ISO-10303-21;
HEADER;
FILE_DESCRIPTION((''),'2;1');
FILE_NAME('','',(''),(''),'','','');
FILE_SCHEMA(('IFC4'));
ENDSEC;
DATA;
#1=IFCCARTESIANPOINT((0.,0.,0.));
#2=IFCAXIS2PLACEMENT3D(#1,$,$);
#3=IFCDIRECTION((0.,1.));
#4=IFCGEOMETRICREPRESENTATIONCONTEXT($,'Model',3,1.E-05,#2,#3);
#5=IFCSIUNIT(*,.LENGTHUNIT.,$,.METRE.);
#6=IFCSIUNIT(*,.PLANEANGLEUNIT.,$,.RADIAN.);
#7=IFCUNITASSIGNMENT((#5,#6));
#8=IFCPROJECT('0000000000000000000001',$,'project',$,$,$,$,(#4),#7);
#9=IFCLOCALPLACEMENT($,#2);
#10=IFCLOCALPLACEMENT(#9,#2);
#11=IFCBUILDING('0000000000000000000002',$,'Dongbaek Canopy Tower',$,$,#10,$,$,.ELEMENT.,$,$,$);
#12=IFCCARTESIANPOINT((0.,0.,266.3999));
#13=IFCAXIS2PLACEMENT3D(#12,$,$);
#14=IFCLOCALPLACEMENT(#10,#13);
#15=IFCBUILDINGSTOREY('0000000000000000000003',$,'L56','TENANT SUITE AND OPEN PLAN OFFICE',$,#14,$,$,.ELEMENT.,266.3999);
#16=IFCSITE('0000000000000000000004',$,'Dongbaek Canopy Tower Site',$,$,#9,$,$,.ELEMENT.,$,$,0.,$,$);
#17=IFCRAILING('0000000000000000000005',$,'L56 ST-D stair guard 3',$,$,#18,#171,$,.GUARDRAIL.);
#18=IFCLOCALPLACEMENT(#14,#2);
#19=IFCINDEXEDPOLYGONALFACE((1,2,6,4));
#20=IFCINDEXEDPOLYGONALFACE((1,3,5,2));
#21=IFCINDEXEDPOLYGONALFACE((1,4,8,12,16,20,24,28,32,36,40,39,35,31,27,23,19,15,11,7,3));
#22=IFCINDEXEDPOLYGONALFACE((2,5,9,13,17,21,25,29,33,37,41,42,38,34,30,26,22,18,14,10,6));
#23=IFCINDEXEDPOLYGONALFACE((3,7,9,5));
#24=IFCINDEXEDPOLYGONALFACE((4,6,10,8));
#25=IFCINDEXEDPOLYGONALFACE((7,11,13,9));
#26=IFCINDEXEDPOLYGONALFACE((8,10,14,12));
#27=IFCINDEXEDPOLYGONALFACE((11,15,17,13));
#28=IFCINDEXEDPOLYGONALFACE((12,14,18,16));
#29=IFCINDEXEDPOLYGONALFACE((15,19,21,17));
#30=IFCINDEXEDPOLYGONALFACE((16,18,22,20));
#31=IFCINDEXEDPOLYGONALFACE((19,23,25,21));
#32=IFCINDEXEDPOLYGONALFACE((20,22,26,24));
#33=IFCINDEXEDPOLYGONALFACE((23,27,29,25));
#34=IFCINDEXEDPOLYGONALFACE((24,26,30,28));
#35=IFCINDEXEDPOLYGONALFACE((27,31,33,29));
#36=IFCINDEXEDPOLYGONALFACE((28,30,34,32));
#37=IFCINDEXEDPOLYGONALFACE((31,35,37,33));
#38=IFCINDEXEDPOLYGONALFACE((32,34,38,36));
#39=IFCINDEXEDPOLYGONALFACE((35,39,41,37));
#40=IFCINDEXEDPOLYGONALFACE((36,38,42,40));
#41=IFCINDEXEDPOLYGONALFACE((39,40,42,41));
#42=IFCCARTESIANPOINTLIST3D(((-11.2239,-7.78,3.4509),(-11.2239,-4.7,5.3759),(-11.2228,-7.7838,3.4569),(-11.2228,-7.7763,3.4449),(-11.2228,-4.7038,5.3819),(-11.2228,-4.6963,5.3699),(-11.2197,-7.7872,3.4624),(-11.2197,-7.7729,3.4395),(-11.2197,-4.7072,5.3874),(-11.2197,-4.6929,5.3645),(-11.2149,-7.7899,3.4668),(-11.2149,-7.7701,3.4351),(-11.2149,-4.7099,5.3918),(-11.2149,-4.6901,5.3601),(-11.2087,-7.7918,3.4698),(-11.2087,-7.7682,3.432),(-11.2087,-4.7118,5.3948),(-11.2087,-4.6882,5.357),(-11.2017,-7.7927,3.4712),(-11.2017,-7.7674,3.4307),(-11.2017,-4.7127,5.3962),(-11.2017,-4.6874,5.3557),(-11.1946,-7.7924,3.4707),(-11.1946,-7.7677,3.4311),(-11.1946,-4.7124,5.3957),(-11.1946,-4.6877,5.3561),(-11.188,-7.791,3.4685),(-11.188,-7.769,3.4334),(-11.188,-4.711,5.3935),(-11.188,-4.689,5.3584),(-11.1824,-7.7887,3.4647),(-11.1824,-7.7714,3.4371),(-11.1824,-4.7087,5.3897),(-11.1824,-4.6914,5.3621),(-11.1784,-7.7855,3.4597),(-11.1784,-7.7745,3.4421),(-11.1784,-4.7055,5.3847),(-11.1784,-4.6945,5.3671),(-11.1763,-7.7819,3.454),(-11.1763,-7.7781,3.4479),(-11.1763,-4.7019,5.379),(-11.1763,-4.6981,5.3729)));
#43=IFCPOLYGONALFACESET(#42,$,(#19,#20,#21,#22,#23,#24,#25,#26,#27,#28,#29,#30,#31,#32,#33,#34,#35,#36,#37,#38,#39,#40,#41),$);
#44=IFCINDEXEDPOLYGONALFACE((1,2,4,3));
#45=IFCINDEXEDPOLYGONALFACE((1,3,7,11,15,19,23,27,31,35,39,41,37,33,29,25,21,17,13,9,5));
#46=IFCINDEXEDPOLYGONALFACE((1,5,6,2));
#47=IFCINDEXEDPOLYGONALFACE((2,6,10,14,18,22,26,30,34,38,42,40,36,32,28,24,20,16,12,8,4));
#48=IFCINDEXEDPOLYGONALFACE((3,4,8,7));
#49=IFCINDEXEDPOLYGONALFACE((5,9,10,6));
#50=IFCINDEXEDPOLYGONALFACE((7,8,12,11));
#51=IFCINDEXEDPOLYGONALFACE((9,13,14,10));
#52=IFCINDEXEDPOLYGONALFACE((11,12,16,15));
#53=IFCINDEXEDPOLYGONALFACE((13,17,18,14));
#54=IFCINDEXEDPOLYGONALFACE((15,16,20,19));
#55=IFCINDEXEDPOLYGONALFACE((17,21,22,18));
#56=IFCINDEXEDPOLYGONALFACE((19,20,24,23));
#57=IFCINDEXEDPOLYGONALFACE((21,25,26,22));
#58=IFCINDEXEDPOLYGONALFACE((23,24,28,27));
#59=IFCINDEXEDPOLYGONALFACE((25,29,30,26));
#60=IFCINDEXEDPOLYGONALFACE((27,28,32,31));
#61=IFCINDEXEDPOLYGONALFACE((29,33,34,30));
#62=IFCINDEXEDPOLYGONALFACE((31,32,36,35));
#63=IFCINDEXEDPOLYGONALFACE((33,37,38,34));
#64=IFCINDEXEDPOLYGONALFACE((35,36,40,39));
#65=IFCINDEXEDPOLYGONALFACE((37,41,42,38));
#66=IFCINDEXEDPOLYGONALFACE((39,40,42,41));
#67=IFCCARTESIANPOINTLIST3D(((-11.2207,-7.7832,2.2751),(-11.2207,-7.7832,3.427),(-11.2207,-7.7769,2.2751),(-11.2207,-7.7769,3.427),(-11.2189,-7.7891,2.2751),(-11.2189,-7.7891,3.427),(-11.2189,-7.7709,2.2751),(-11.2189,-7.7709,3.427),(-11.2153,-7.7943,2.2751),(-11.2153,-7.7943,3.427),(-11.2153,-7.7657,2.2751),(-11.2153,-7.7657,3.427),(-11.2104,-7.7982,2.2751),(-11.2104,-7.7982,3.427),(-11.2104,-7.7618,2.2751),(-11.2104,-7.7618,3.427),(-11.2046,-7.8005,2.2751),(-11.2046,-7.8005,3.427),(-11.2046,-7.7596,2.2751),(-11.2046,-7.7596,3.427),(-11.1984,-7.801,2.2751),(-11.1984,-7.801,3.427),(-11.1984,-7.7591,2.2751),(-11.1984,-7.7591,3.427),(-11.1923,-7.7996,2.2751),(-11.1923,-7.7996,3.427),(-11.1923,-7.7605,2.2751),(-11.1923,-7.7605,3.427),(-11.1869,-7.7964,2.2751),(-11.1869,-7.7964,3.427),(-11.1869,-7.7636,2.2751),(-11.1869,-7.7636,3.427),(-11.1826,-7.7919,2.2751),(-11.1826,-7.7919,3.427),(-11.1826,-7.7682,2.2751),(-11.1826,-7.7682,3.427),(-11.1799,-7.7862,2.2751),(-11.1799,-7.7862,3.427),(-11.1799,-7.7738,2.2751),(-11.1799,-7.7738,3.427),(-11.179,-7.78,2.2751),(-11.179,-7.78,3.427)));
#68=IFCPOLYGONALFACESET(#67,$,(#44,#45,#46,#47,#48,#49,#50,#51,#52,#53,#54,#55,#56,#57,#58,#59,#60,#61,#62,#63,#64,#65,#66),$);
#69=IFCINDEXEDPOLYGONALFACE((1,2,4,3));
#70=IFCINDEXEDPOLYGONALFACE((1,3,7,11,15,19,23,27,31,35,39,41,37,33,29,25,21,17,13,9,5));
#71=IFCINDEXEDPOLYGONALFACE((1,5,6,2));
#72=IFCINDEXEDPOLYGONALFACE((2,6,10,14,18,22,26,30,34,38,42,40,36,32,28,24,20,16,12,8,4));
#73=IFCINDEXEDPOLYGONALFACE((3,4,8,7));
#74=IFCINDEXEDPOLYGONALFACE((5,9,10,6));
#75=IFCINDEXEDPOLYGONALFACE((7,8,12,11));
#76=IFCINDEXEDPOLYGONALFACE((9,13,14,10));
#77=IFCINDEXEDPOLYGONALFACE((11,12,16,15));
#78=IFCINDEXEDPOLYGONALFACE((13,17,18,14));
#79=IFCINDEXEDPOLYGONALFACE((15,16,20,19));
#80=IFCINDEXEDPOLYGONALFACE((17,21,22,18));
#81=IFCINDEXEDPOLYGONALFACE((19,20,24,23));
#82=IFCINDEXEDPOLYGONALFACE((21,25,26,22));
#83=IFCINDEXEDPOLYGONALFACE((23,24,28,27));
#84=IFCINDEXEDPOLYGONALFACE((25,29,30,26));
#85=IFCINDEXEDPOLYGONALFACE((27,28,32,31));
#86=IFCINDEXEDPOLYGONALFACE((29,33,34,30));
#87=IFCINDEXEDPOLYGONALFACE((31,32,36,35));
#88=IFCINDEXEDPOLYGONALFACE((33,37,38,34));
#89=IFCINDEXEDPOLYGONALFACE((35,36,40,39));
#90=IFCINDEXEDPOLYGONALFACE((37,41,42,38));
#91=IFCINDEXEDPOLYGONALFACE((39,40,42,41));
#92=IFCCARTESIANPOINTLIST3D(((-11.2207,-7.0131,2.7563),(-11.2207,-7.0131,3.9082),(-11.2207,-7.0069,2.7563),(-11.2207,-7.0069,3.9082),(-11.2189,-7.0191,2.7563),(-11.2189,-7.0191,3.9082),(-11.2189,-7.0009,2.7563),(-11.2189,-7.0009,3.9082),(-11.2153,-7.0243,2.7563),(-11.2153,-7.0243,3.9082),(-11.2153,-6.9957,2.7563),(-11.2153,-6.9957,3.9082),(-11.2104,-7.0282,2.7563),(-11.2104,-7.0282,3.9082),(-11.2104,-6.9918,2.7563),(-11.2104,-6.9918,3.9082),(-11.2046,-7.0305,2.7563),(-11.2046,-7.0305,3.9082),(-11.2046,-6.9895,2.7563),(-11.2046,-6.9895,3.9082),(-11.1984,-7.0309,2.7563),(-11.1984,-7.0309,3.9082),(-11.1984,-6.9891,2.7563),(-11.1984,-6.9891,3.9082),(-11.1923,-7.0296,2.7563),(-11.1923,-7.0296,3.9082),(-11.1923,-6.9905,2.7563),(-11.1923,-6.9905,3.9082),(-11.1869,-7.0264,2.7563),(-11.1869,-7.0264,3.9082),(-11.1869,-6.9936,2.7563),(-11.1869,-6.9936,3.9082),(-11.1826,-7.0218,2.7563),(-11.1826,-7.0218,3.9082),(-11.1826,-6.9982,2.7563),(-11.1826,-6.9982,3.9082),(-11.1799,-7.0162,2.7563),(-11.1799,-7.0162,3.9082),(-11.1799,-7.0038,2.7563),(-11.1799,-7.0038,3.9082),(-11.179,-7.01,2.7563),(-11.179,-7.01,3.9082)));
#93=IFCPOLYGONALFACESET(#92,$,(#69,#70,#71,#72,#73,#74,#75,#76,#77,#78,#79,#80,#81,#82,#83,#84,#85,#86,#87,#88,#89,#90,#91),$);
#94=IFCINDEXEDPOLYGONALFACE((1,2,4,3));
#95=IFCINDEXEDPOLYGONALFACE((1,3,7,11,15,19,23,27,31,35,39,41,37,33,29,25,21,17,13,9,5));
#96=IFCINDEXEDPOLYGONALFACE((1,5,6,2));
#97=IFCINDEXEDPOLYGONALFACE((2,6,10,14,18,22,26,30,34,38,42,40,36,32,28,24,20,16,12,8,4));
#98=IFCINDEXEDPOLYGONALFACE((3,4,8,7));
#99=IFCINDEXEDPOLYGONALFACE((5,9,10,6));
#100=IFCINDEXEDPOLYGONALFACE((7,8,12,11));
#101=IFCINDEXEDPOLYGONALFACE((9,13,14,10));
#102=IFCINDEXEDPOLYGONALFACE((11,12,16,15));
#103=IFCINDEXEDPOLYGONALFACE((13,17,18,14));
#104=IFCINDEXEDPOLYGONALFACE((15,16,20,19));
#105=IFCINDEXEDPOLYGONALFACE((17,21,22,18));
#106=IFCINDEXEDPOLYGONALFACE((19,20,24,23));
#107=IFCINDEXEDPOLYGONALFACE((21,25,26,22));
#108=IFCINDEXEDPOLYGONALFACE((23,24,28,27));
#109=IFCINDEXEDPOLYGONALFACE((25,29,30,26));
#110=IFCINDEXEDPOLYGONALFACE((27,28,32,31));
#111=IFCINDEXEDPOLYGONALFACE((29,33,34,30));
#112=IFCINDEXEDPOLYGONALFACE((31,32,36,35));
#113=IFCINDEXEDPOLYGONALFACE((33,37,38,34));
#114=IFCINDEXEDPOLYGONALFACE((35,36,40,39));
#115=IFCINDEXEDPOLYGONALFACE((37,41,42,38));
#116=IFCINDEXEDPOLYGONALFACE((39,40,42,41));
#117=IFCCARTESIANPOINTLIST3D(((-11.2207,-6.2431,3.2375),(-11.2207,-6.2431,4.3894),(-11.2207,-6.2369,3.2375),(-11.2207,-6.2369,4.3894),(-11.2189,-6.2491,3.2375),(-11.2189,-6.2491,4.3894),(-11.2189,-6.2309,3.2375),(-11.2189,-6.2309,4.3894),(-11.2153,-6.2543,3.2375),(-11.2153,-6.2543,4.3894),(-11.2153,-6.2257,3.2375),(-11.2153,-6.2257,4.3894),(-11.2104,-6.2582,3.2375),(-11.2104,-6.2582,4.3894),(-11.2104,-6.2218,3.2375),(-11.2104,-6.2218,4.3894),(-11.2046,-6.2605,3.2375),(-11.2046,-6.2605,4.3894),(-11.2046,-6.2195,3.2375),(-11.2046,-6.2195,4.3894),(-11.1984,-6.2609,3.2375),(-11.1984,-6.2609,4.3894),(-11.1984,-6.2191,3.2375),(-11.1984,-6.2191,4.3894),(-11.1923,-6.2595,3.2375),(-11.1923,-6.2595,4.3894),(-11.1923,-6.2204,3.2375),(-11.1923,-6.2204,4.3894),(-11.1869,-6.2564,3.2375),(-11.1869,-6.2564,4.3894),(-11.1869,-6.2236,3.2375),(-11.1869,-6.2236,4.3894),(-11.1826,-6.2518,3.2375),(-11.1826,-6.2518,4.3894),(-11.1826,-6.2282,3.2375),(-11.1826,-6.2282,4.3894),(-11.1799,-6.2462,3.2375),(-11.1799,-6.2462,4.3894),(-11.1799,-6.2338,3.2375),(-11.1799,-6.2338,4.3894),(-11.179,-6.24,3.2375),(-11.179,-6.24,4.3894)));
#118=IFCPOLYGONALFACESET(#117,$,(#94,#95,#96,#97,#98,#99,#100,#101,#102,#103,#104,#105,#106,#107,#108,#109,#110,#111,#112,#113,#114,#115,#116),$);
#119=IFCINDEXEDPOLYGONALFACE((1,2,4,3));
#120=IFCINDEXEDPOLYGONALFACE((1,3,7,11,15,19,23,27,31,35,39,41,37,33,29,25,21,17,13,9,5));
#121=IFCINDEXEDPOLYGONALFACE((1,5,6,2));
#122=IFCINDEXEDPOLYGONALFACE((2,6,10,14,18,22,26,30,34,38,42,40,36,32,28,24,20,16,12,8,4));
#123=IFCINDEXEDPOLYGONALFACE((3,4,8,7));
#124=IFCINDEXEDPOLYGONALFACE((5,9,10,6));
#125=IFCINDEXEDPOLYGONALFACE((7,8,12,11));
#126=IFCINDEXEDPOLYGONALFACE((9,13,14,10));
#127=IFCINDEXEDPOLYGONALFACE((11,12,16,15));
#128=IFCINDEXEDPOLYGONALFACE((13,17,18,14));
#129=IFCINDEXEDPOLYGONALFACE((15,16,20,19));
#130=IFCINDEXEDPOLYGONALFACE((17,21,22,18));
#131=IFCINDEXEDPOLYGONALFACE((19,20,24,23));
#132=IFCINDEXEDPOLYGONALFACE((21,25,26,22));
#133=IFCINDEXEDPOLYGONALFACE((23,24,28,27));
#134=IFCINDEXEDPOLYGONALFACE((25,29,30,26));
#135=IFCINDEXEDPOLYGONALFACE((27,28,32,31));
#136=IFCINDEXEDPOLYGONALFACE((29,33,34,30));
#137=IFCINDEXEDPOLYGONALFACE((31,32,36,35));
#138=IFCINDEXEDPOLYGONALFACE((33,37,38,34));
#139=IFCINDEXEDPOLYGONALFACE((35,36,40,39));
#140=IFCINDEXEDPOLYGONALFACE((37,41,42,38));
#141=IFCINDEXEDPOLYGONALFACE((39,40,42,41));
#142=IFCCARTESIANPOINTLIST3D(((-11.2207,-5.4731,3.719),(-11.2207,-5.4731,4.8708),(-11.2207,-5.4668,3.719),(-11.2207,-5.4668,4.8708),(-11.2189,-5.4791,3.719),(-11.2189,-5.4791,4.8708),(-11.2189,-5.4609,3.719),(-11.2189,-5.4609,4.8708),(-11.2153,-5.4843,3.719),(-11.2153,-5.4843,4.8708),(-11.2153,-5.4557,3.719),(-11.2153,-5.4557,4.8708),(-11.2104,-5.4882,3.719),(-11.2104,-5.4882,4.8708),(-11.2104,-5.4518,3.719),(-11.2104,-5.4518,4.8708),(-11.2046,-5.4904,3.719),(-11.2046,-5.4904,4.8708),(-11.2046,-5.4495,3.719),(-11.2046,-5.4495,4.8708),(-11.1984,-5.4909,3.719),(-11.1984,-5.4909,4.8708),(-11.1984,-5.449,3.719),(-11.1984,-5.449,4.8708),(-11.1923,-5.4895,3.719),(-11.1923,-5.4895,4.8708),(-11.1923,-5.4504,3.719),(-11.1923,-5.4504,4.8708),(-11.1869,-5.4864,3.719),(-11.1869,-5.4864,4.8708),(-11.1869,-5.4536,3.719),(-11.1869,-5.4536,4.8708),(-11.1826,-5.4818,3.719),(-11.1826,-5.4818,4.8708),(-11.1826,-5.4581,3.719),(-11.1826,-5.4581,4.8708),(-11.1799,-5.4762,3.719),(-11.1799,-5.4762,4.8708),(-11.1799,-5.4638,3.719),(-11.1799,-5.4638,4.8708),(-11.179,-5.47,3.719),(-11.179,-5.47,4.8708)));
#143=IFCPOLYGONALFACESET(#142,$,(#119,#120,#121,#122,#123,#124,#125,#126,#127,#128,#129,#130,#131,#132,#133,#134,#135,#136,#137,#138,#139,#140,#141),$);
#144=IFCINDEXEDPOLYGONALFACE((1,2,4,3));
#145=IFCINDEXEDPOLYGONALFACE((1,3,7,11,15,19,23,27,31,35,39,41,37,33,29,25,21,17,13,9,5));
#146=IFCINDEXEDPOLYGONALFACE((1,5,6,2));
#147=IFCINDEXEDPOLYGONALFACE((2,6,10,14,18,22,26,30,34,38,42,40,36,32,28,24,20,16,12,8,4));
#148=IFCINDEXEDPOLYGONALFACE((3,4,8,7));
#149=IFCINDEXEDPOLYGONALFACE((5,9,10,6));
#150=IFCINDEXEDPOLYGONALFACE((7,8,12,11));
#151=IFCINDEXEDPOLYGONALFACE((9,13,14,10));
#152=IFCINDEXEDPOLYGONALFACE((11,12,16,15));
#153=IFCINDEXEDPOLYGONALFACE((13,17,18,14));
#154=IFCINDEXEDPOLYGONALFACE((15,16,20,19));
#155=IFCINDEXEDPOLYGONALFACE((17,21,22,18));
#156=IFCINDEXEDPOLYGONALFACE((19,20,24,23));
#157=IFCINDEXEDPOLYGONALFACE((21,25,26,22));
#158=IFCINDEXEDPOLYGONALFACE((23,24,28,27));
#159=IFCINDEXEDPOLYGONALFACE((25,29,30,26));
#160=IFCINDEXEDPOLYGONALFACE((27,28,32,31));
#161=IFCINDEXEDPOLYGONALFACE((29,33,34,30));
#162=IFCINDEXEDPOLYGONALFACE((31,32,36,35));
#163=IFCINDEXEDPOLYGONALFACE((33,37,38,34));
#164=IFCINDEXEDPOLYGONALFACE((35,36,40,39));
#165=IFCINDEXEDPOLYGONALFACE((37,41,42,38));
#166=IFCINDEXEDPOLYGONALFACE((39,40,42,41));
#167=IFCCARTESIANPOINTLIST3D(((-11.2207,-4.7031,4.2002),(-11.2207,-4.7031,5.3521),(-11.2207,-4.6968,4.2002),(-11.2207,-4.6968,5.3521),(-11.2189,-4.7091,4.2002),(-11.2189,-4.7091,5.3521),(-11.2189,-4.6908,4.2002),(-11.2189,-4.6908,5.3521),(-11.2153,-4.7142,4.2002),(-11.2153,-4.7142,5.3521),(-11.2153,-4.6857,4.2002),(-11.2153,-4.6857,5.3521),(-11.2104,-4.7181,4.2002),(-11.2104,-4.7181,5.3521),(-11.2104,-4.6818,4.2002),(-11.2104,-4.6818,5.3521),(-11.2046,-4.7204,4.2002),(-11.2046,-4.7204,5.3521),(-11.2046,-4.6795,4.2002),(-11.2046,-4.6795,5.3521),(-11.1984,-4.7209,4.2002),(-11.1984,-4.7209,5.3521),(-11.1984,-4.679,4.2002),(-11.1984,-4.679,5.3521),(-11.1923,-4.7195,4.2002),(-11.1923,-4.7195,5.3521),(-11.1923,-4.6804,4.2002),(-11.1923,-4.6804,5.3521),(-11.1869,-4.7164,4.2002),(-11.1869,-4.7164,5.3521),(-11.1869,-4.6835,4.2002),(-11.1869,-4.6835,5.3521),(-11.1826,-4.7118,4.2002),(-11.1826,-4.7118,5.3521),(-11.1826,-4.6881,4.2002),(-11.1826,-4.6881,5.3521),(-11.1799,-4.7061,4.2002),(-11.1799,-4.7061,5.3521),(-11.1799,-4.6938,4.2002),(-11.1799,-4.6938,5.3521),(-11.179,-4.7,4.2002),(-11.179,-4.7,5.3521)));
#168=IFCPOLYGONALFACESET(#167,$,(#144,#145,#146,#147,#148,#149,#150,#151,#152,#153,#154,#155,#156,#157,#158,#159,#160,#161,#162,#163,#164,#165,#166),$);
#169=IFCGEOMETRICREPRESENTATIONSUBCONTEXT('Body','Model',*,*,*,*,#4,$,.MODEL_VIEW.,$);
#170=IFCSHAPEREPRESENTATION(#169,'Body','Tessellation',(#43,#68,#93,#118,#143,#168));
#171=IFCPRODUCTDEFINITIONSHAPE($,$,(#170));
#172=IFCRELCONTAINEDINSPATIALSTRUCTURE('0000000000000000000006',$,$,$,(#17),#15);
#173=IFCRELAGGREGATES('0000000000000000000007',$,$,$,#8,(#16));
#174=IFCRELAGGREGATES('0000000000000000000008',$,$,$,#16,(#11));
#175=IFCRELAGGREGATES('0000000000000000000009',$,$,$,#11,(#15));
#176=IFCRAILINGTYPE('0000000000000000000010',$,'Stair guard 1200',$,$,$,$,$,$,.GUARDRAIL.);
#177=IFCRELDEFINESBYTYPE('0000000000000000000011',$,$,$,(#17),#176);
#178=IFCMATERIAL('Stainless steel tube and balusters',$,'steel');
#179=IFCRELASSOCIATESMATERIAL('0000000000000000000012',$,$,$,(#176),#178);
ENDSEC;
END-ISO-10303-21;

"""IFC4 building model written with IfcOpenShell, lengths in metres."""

from ifc_helpers import new_model, si_unit, direction, frame, origin, origin_2d, place, context, subcontext, project, spatial, circle, extrude, material, type_object, element, save


model = new_model("IFC4")

# Units and contexts
model_context = context("Model", 3, precision=1e-05, world=origin(), true_north=direction((0.0, 1.0)))
body_context = subcontext(model_context, "Body", "Model", "MODEL_VIEW")
ifc_project = project(units=[si_unit("LENGTHUNIT", "METRE"), si_unit("PLANEANGLEUNIT", "RADIAN")], contexts=[model_context])

# Site, building, storey
site_placement = place(None, origin())
site = spatial("IfcSite", under=ifc_project, at=site_placement, Name="Dongbaek Canopy Tower Site", CompositionType="ELEMENT", RefElevation=0.0)
building_placement = place(site_placement, origin())
building = spatial("IfcBuilding", under=site, at=building_placement, Name="Dongbaek Canopy Tower", CompositionType="ELEMENT")
storey_placement = place(building_placement, frame((0.0, 0.0, 266.3999)))
storey = spatial("IfcBuildingStorey", under=building, at=storey_placement, Name="L56", Description="TENANT SUITE AND OPEN PLAN OFFICE", CompositionType="ELEMENT", Elevation=266.3999)

# Railing
ifc_material_1 = material(Name="Stainless steel tube and balusters", Category="steel")
railing_type_1 = type_object("IfcRailingType", Name="Stair guard 1200", PredefinedType="GUARDRAIL", material=ifc_material_1)
railing_1_placement = place(storey_placement, frame((-11.2, -7.78, 2.2751)))
element("IfcRailing", 1, at=railing_1_placement, inside=storey, type_object=railing_type_1, Name="L56 ST-D stair guard 3", PredefinedType="GUARDRAIL", context=body_context, shape_type="SweptSolid", body=[
    extrude(circle(Radius=0.0239, at=origin_2d()), frame((0.0, 0.0, 1.1758), z_axis=(0.0, 0.847998, 0.529999), x_axis=(-1.0, 0.0, 0.0)), (0.0, 0.0, 1.0), 3.6321),
    extrude(circle(Radius=0.021, at=origin_2d()), origin(), (0.0, 0.0, 1.0), 1.1519),
    extrude(circle(Radius=0.021, at=origin_2d()), frame((0.0, 0.77, 0.4812)), (0.0, 0.0, 1.0), 1.1519),
    extrude(circle(Radius=0.021, at=origin_2d()), frame((0.0, 1.54, 0.9624)), (0.0, 0.0, 1.0), 1.1519),
    extrude(circle(Radius=0.021, at=origin_2d()), frame((0.0, 2.3101, 1.4438)), (0.0, 0.0, 1.0), 1.1519),
    extrude(circle(Radius=0.021, at=origin_2d()), frame((0.0, 3.0801, 1.925)), (0.0, 0.0, 1.0), 1.1519),
])

save(model, "model.ifc")
